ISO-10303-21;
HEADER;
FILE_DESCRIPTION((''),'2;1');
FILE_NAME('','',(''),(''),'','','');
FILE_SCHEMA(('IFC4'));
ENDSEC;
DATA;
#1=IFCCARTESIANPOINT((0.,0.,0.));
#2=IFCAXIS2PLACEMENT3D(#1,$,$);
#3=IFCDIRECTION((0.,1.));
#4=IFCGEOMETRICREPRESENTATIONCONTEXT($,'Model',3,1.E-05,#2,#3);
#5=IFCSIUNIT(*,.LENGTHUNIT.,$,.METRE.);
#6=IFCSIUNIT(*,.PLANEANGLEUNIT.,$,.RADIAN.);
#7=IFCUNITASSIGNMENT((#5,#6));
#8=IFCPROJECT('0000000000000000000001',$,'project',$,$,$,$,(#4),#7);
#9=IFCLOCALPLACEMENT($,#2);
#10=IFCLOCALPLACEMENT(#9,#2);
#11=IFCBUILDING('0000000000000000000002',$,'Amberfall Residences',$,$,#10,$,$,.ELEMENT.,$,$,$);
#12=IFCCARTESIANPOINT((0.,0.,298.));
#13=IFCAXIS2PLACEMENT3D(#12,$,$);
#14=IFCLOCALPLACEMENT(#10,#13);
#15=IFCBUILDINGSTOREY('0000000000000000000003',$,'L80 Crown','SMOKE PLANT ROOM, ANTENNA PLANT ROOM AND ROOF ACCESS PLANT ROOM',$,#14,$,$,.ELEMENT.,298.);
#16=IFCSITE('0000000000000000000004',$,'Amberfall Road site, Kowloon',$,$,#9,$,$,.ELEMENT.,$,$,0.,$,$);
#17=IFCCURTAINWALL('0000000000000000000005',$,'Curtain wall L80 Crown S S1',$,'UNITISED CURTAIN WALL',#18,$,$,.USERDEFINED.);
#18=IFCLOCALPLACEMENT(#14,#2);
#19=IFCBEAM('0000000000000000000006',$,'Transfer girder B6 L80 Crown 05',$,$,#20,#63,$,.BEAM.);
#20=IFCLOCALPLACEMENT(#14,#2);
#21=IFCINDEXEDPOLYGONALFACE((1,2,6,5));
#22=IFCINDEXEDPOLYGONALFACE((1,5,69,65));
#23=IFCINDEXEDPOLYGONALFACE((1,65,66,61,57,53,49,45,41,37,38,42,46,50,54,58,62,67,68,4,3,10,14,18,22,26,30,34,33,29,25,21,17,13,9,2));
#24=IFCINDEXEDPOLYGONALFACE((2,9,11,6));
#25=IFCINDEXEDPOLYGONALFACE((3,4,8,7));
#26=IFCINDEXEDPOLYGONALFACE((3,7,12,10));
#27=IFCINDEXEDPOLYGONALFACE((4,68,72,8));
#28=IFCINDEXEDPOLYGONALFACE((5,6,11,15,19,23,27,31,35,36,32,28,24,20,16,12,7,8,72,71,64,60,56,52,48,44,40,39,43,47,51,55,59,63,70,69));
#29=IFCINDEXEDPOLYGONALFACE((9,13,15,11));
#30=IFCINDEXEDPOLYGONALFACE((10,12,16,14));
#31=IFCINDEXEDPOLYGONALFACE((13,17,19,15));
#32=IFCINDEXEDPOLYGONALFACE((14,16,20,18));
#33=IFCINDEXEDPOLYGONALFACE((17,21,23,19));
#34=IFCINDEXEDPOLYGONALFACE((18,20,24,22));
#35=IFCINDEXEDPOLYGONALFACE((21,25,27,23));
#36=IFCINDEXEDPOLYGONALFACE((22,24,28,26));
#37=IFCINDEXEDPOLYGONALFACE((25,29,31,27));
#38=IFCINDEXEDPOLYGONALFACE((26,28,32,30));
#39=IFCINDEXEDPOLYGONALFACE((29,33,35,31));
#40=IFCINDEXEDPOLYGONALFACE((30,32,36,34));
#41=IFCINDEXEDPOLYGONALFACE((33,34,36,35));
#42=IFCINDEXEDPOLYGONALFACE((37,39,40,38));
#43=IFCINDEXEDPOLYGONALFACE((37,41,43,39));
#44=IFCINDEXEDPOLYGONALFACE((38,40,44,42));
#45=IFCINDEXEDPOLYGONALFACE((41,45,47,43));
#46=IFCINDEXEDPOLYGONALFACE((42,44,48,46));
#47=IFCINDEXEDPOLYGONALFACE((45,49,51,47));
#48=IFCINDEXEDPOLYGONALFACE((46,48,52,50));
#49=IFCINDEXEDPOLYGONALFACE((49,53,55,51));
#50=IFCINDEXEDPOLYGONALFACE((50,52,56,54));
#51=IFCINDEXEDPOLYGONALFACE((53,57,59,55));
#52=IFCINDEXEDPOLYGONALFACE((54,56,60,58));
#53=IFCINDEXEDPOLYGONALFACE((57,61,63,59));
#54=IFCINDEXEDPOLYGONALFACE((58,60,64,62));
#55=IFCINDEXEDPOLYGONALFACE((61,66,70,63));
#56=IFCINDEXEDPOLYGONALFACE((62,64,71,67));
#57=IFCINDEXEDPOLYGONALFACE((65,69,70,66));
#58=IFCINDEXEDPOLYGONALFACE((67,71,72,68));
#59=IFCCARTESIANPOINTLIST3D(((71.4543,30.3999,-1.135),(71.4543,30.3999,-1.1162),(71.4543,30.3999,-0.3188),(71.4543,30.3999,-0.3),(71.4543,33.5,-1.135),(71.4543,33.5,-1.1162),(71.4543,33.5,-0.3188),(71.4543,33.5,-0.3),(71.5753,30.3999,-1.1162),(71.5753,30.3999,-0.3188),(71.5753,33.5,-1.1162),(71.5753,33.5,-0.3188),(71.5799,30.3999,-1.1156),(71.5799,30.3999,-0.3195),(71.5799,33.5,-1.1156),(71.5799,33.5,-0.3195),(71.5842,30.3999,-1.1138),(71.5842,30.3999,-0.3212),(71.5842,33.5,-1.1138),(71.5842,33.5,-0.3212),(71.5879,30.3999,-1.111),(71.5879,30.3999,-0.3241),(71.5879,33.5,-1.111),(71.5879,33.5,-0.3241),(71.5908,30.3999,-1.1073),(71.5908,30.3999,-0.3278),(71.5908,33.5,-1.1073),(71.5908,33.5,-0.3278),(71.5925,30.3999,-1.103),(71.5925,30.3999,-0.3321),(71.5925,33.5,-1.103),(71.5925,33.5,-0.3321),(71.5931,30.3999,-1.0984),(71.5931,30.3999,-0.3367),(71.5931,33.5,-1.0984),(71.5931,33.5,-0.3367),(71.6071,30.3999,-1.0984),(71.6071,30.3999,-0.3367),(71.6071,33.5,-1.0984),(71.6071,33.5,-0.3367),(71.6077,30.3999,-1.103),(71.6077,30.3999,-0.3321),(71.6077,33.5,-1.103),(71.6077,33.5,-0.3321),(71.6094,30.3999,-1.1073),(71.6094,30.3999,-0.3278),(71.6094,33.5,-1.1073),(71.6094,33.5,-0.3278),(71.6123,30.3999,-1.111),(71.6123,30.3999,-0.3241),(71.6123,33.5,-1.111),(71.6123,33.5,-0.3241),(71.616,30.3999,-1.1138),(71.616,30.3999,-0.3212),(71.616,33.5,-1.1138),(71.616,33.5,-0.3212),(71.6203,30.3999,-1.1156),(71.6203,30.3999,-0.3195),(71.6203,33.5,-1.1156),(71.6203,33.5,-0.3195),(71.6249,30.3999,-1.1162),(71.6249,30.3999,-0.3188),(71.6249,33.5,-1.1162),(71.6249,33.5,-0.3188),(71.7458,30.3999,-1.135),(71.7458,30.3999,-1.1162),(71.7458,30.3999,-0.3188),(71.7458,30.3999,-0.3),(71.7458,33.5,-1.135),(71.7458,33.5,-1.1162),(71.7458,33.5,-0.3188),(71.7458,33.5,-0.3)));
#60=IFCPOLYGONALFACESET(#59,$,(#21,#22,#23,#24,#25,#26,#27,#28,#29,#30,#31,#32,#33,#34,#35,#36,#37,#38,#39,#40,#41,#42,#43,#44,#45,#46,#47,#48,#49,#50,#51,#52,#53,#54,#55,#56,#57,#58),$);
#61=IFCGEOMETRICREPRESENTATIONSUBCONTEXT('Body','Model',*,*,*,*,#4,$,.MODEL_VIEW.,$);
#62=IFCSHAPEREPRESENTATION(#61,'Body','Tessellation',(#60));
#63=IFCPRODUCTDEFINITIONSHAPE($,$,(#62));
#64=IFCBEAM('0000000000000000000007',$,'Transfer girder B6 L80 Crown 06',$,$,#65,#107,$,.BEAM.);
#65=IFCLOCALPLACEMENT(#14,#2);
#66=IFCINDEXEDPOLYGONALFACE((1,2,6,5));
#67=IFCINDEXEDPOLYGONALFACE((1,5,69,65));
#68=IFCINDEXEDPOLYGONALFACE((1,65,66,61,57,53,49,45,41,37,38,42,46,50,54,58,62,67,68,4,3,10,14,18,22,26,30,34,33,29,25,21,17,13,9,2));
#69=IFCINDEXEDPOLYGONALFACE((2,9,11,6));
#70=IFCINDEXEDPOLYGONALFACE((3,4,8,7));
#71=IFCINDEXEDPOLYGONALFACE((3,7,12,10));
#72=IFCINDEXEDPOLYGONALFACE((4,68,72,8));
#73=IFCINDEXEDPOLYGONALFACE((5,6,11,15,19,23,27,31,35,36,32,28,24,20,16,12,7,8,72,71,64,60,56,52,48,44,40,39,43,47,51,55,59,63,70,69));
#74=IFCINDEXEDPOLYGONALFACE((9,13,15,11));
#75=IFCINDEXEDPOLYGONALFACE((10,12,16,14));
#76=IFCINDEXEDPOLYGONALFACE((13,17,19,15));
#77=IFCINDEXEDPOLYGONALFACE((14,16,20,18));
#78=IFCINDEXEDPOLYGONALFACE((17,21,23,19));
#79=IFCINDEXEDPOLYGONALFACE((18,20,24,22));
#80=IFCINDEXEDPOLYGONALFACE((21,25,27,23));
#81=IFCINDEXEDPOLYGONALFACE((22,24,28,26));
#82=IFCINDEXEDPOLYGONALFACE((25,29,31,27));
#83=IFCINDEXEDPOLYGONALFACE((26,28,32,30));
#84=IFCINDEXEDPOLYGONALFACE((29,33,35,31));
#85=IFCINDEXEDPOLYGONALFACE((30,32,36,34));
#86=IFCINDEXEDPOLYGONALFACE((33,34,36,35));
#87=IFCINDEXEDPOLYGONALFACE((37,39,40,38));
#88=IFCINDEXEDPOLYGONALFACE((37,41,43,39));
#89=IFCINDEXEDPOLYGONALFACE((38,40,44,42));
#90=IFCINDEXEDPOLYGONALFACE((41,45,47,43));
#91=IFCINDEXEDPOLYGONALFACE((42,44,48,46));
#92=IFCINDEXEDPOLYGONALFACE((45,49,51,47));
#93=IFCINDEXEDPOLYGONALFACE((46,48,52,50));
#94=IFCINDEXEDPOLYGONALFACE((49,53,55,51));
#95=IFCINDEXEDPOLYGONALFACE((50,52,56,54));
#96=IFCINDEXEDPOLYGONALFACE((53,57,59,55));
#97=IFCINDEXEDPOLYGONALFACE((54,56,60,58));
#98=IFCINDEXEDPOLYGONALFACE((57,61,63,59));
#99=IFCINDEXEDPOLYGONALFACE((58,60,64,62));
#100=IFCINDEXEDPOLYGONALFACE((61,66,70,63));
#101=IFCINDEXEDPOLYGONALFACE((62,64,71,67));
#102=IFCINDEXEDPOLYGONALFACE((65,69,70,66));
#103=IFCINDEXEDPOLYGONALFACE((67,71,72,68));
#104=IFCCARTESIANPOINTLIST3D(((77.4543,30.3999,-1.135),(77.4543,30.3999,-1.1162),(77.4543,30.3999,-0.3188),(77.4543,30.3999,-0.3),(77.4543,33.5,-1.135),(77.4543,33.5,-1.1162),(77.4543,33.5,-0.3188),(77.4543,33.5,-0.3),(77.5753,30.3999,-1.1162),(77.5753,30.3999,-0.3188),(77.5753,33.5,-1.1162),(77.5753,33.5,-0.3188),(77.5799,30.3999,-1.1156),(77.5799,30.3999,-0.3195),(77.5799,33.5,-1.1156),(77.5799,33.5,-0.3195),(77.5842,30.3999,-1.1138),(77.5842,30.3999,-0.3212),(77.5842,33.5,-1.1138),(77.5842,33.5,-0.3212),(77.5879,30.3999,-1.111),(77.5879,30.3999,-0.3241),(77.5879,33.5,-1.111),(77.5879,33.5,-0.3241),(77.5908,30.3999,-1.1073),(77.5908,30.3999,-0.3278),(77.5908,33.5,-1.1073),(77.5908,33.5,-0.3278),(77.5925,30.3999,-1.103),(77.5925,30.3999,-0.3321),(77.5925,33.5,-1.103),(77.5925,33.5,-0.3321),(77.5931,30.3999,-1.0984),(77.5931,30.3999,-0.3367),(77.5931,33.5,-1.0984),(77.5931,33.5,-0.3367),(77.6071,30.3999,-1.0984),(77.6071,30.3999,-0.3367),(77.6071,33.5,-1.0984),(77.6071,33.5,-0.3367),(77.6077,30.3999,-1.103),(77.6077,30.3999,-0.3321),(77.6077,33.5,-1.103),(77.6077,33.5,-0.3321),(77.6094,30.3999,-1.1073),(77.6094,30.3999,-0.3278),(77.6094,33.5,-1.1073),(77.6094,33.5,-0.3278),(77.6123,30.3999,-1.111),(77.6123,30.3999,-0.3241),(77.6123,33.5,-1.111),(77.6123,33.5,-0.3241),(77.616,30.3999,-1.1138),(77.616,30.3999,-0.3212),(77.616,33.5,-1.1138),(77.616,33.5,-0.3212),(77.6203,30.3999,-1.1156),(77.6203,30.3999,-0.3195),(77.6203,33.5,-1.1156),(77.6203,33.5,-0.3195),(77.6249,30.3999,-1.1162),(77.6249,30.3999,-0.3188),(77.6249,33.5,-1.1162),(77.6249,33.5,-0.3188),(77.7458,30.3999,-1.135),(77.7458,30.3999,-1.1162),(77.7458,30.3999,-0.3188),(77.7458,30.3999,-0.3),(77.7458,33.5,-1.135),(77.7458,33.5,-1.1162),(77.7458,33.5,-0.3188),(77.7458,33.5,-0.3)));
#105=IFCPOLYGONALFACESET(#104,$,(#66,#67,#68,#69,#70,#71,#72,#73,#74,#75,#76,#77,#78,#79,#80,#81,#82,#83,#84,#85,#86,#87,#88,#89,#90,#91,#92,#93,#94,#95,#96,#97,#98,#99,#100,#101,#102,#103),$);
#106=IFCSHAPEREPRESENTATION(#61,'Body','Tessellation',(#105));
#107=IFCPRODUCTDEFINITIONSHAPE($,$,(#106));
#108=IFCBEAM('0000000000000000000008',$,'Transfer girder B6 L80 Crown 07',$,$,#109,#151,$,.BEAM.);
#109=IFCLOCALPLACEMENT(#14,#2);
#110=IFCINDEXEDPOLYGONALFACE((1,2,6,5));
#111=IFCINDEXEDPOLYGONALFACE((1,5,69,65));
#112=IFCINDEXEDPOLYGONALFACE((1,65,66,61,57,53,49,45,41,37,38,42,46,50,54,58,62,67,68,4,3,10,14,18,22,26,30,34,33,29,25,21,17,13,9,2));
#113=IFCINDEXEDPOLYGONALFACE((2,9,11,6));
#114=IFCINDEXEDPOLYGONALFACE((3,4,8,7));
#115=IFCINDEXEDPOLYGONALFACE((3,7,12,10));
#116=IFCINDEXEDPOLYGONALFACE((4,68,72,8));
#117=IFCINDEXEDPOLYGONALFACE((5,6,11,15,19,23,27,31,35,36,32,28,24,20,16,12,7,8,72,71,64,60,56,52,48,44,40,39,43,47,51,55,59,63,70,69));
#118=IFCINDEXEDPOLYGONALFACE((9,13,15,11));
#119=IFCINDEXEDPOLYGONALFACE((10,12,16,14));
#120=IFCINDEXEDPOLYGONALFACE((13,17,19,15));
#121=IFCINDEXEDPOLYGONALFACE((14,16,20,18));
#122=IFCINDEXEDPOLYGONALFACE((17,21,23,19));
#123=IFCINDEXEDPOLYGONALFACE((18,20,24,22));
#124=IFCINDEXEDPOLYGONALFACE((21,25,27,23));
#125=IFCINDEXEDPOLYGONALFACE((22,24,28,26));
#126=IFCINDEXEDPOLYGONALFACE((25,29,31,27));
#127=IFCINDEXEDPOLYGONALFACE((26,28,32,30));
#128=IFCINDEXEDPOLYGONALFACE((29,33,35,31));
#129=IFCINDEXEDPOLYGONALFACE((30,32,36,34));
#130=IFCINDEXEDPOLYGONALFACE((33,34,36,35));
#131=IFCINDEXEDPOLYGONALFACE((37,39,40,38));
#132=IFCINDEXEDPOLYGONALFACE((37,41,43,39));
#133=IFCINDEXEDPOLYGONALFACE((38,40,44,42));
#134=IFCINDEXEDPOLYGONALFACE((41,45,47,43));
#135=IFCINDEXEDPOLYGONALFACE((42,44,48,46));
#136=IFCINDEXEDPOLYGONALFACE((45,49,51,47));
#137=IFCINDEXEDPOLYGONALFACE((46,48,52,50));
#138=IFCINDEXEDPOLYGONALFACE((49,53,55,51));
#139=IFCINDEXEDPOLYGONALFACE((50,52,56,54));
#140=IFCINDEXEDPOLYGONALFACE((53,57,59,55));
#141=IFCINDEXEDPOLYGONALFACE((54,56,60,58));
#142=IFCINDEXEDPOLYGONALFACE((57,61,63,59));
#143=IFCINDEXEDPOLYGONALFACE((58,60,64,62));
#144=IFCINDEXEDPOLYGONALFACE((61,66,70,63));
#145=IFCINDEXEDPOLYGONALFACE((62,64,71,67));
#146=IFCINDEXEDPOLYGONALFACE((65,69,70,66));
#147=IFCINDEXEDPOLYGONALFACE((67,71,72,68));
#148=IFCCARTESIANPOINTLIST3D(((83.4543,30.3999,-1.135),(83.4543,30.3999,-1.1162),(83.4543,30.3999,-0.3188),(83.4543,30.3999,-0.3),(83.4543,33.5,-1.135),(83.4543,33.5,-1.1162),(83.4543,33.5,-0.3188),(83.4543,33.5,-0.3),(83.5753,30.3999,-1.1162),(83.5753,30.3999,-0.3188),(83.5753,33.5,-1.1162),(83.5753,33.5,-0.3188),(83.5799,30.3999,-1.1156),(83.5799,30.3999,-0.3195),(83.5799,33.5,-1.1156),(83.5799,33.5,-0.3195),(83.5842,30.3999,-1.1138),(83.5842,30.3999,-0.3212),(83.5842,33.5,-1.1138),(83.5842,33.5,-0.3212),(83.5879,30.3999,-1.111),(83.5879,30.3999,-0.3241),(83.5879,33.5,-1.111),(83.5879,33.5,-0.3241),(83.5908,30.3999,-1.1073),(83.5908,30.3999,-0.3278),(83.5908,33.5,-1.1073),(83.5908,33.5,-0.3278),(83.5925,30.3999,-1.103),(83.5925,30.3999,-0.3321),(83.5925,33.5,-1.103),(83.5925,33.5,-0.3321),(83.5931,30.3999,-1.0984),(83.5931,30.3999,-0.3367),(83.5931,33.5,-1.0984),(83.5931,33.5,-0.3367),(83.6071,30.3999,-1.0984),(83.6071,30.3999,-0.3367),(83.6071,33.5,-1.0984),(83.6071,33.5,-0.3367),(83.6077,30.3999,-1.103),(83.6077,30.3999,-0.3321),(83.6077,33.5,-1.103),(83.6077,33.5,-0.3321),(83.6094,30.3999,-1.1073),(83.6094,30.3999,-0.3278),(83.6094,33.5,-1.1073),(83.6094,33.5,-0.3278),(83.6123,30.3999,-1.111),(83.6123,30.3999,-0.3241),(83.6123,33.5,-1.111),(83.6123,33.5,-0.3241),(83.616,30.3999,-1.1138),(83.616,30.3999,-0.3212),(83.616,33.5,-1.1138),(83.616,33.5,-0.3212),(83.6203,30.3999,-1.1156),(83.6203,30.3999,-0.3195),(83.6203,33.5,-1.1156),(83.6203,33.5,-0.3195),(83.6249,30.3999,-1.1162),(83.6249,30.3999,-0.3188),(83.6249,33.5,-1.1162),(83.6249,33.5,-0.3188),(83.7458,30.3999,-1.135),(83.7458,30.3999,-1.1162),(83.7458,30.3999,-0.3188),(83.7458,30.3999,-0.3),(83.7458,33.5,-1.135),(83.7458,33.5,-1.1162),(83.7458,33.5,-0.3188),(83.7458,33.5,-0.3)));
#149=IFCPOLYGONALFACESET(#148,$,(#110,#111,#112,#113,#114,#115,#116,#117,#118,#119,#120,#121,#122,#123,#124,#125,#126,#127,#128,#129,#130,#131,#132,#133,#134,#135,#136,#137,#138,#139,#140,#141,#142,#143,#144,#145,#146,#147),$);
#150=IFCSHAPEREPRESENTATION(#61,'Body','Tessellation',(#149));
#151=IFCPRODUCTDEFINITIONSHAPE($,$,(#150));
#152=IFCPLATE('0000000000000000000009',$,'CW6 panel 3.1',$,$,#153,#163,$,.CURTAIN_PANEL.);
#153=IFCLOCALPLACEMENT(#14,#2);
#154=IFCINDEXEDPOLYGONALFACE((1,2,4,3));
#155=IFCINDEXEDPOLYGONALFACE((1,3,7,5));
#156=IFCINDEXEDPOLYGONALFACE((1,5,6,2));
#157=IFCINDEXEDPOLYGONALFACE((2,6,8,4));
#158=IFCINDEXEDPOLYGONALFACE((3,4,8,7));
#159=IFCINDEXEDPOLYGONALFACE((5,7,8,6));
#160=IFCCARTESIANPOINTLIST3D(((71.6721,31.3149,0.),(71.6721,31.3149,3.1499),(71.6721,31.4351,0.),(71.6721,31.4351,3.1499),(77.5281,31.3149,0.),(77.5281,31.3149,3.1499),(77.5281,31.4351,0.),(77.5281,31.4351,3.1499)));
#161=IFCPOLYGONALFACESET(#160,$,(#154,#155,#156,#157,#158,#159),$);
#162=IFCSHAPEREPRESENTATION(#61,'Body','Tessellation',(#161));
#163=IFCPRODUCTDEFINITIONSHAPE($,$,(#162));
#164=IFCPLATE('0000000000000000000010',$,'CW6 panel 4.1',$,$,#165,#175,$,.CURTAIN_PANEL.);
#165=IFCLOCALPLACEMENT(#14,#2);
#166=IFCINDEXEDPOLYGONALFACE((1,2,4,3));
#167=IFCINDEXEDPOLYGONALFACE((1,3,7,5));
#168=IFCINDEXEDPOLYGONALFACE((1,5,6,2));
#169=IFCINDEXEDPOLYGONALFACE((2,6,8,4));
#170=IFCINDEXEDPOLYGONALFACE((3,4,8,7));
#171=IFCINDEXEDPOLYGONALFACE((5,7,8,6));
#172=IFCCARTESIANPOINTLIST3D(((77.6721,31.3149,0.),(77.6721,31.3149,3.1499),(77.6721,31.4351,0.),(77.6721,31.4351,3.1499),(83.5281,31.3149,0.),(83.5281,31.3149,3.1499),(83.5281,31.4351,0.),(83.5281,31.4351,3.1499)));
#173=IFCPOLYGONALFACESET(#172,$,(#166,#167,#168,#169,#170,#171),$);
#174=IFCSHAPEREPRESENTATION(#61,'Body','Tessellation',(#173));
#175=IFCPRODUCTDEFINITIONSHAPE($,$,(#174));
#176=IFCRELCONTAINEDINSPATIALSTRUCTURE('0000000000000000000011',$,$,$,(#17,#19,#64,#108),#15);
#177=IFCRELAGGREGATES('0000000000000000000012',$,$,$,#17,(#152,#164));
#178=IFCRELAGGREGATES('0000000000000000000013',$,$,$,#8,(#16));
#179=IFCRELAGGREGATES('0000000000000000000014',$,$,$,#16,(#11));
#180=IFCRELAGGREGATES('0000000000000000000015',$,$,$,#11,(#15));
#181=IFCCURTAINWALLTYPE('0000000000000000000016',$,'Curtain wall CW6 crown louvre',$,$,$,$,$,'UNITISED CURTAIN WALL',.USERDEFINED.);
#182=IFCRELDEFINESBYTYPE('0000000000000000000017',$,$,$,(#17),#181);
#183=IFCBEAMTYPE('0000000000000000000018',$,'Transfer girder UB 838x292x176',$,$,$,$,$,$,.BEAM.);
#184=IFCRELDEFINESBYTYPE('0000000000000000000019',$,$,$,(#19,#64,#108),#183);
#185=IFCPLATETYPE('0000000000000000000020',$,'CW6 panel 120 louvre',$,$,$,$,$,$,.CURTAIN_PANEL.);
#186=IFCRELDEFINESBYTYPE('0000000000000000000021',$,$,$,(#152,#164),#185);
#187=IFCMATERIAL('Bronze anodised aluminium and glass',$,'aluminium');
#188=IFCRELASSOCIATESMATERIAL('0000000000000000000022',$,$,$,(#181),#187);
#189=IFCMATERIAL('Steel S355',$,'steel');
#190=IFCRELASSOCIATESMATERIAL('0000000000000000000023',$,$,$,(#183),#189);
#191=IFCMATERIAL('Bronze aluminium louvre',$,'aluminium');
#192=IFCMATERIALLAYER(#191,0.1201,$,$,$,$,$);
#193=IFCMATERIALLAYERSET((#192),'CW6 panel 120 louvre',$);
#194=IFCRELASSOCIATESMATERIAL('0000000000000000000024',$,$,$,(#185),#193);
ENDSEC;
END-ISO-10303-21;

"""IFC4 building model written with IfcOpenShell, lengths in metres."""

from ifc_helpers import new_model, si_unit, direction, frame, origin, origin_2d, place, context, subcontext, project, spatial, rectangle, i_section, extrude, material, layer, layer_set, material_profile, profile_set, type_object, element, aggregate, save


model = new_model("IFC4")

# Units and contexts
model_context = context("Model", 3, precision=1e-05, world=origin(), true_north=direction((0.0, 1.0)))
body_context = subcontext(model_context, "Body", "Model", "MODEL_VIEW")
ifc_project = project(units=[si_unit("LENGTHUNIT", "METRE"), si_unit("PLANEANGLEUNIT", "RADIAN")], contexts=[model_context])

# Site, building, storey
site_placement = place(None, origin())
site = spatial("IfcSite", under=ifc_project, at=site_placement, Name="Amberfall Road site, Kowloon", CompositionType="ELEMENT", RefElevation=0.0)
building_placement = place(site_placement, origin())
building = spatial("IfcBuilding", under=site, at=building_placement, Name="Amberfall Residences", CompositionType="ELEMENT")
storey_placement = place(building_placement, frame((0.0, 0.0, 298.0)))
storey = spatial("IfcBuildingStorey", under=building, at=storey_placement, Name="L80 Crown", Description="SMOKE PLANT ROOM, ANTENNA PLANT ROOM AND ROOF ACCESS PLANT ROOM", CompositionType="ELEMENT", Elevation=298.0)

# Curtain wall
ifc_material_1 = material(Name="Bronze anodised aluminium and glass", Category="aluminium")
curtain_wall_type = type_object("IfcCurtainWallType", Name="Curtain wall CW6 crown louvre", ElementType="UNITISED CURTAIN WALL", PredefinedType="USERDEFINED", material=ifc_material_1)
curtain_wall_placement = place(storey_placement, origin())
curtain_wall = element("IfcCurtainWall", 1, at=curtain_wall_placement, inside=storey, type_object=curtain_wall_type, Name="Curtain wall L80 Crown S S1", ObjectType="UNITISED CURTAIN WALL", PredefinedType="USERDEFINED")

# Beams
ifc_material_2 = material(Name="Steel S355", Category="steel")
ifc_material_profile_1 = material_profile(ifc_material_2, i_section(OverallWidth=0.2915, OverallDepth=0.835, WebThickness=0.0139, FlangeThickness=0.0188, FilletRadius=0.0178, at=origin_2d()), Name="UB 838x292x176")
ifc_profile_set_1 = profile_set([ifc_material_profile_1], Name="Steel S355")
beam_type_1 = type_object("IfcBeamType", Name="Transfer girder UB 838x292x176", PredefinedType="BEAM", material=ifc_profile_set_1)
for number, where, z_axis, x_axis, name in (
    (2, (71.6001, 30.3999, -0.7175), (0.0, 1.0, 0.0), (-1.0, 0.0, 0.0), "Transfer girder B6 L80 Crown 05"),
    (3, (77.6001, 30.3999, -0.7175), (0.0, 1.0, 0.0), (-1.0, 0.0, 0.0), "Transfer girder B6 L80 Crown 06"),
    (4, (83.6001, 30.3999, -0.7175), (0.0, 1.0, 0.0), (-1.0, 0.0, 0.0), "Transfer girder B6 L80 Crown 07"),
):
    element("IfcBeam", number, at=place(storey_placement, frame(where, z_axis=z_axis, x_axis=x_axis)), inside=storey, type_object=beam_type_1, Name=name, PredefinedType="BEAM", context=body_context, shape_type="SweptSolid", body=[
        extrude(i_section(OverallWidth=0.2915, OverallDepth=0.835, WebThickness=0.0139, FlangeThickness=0.0188, FilletRadius=0.0178, at=origin_2d()), origin(), (0.0, 0.0, 1.0), 3.1001),
    ])

# Plates
ifc_material_3 = material(Name="Bronze aluminium louvre", Category="aluminium")
ifc_layer_1 = layer(ifc_material_3, 0.1201)
ifc_layer_set_1 = layer_set([ifc_layer_1], Name="CW6 panel 120 louvre")
plate_type = type_object("IfcPlateType", Name="CW6 panel 120 louvre", PredefinedType="CURTAIN_PANEL", material=ifc_layer_set_1)
plate_1_placement = place(storey_placement, frame((74.6001, 31.375, 0.0), z_axis=(0.0, 0.0, 1.0), x_axis=(1.0, 0.0, 0.0)))
plate_1 = element("IfcPlate", 5, at=plate_1_placement, type_object=plate_type, Name="CW6 panel 3.1", PredefinedType="CURTAIN_PANEL", context=body_context, shape_type="SweptSolid", body=[
    extrude(rectangle(XDim=5.856, YDim=0.1201, at=origin_2d()), origin(), (0.0, 0.0, 1.0), 3.1499),
])
plate_2_placement = place(storey_placement, frame((80.6001, 31.375, 0.0), z_axis=(0.0, 0.0, 1.0), x_axis=(1.0, 0.0, 0.0)))
plate_2 = element("IfcPlate", 6, at=plate_2_placement, type_object=plate_type, Name="CW6 panel 4.1", PredefinedType="CURTAIN_PANEL", context=body_context, shape_type="SweptSolid", body=[
    extrude(rectangle(XDim=5.856, YDim=0.1201, at=origin_2d()), origin(), (0.0, 0.0, 1.0), 3.1499),
])
aggregate(curtain_wall, [plate_1, plate_2])

save(model, "model.ifc")
